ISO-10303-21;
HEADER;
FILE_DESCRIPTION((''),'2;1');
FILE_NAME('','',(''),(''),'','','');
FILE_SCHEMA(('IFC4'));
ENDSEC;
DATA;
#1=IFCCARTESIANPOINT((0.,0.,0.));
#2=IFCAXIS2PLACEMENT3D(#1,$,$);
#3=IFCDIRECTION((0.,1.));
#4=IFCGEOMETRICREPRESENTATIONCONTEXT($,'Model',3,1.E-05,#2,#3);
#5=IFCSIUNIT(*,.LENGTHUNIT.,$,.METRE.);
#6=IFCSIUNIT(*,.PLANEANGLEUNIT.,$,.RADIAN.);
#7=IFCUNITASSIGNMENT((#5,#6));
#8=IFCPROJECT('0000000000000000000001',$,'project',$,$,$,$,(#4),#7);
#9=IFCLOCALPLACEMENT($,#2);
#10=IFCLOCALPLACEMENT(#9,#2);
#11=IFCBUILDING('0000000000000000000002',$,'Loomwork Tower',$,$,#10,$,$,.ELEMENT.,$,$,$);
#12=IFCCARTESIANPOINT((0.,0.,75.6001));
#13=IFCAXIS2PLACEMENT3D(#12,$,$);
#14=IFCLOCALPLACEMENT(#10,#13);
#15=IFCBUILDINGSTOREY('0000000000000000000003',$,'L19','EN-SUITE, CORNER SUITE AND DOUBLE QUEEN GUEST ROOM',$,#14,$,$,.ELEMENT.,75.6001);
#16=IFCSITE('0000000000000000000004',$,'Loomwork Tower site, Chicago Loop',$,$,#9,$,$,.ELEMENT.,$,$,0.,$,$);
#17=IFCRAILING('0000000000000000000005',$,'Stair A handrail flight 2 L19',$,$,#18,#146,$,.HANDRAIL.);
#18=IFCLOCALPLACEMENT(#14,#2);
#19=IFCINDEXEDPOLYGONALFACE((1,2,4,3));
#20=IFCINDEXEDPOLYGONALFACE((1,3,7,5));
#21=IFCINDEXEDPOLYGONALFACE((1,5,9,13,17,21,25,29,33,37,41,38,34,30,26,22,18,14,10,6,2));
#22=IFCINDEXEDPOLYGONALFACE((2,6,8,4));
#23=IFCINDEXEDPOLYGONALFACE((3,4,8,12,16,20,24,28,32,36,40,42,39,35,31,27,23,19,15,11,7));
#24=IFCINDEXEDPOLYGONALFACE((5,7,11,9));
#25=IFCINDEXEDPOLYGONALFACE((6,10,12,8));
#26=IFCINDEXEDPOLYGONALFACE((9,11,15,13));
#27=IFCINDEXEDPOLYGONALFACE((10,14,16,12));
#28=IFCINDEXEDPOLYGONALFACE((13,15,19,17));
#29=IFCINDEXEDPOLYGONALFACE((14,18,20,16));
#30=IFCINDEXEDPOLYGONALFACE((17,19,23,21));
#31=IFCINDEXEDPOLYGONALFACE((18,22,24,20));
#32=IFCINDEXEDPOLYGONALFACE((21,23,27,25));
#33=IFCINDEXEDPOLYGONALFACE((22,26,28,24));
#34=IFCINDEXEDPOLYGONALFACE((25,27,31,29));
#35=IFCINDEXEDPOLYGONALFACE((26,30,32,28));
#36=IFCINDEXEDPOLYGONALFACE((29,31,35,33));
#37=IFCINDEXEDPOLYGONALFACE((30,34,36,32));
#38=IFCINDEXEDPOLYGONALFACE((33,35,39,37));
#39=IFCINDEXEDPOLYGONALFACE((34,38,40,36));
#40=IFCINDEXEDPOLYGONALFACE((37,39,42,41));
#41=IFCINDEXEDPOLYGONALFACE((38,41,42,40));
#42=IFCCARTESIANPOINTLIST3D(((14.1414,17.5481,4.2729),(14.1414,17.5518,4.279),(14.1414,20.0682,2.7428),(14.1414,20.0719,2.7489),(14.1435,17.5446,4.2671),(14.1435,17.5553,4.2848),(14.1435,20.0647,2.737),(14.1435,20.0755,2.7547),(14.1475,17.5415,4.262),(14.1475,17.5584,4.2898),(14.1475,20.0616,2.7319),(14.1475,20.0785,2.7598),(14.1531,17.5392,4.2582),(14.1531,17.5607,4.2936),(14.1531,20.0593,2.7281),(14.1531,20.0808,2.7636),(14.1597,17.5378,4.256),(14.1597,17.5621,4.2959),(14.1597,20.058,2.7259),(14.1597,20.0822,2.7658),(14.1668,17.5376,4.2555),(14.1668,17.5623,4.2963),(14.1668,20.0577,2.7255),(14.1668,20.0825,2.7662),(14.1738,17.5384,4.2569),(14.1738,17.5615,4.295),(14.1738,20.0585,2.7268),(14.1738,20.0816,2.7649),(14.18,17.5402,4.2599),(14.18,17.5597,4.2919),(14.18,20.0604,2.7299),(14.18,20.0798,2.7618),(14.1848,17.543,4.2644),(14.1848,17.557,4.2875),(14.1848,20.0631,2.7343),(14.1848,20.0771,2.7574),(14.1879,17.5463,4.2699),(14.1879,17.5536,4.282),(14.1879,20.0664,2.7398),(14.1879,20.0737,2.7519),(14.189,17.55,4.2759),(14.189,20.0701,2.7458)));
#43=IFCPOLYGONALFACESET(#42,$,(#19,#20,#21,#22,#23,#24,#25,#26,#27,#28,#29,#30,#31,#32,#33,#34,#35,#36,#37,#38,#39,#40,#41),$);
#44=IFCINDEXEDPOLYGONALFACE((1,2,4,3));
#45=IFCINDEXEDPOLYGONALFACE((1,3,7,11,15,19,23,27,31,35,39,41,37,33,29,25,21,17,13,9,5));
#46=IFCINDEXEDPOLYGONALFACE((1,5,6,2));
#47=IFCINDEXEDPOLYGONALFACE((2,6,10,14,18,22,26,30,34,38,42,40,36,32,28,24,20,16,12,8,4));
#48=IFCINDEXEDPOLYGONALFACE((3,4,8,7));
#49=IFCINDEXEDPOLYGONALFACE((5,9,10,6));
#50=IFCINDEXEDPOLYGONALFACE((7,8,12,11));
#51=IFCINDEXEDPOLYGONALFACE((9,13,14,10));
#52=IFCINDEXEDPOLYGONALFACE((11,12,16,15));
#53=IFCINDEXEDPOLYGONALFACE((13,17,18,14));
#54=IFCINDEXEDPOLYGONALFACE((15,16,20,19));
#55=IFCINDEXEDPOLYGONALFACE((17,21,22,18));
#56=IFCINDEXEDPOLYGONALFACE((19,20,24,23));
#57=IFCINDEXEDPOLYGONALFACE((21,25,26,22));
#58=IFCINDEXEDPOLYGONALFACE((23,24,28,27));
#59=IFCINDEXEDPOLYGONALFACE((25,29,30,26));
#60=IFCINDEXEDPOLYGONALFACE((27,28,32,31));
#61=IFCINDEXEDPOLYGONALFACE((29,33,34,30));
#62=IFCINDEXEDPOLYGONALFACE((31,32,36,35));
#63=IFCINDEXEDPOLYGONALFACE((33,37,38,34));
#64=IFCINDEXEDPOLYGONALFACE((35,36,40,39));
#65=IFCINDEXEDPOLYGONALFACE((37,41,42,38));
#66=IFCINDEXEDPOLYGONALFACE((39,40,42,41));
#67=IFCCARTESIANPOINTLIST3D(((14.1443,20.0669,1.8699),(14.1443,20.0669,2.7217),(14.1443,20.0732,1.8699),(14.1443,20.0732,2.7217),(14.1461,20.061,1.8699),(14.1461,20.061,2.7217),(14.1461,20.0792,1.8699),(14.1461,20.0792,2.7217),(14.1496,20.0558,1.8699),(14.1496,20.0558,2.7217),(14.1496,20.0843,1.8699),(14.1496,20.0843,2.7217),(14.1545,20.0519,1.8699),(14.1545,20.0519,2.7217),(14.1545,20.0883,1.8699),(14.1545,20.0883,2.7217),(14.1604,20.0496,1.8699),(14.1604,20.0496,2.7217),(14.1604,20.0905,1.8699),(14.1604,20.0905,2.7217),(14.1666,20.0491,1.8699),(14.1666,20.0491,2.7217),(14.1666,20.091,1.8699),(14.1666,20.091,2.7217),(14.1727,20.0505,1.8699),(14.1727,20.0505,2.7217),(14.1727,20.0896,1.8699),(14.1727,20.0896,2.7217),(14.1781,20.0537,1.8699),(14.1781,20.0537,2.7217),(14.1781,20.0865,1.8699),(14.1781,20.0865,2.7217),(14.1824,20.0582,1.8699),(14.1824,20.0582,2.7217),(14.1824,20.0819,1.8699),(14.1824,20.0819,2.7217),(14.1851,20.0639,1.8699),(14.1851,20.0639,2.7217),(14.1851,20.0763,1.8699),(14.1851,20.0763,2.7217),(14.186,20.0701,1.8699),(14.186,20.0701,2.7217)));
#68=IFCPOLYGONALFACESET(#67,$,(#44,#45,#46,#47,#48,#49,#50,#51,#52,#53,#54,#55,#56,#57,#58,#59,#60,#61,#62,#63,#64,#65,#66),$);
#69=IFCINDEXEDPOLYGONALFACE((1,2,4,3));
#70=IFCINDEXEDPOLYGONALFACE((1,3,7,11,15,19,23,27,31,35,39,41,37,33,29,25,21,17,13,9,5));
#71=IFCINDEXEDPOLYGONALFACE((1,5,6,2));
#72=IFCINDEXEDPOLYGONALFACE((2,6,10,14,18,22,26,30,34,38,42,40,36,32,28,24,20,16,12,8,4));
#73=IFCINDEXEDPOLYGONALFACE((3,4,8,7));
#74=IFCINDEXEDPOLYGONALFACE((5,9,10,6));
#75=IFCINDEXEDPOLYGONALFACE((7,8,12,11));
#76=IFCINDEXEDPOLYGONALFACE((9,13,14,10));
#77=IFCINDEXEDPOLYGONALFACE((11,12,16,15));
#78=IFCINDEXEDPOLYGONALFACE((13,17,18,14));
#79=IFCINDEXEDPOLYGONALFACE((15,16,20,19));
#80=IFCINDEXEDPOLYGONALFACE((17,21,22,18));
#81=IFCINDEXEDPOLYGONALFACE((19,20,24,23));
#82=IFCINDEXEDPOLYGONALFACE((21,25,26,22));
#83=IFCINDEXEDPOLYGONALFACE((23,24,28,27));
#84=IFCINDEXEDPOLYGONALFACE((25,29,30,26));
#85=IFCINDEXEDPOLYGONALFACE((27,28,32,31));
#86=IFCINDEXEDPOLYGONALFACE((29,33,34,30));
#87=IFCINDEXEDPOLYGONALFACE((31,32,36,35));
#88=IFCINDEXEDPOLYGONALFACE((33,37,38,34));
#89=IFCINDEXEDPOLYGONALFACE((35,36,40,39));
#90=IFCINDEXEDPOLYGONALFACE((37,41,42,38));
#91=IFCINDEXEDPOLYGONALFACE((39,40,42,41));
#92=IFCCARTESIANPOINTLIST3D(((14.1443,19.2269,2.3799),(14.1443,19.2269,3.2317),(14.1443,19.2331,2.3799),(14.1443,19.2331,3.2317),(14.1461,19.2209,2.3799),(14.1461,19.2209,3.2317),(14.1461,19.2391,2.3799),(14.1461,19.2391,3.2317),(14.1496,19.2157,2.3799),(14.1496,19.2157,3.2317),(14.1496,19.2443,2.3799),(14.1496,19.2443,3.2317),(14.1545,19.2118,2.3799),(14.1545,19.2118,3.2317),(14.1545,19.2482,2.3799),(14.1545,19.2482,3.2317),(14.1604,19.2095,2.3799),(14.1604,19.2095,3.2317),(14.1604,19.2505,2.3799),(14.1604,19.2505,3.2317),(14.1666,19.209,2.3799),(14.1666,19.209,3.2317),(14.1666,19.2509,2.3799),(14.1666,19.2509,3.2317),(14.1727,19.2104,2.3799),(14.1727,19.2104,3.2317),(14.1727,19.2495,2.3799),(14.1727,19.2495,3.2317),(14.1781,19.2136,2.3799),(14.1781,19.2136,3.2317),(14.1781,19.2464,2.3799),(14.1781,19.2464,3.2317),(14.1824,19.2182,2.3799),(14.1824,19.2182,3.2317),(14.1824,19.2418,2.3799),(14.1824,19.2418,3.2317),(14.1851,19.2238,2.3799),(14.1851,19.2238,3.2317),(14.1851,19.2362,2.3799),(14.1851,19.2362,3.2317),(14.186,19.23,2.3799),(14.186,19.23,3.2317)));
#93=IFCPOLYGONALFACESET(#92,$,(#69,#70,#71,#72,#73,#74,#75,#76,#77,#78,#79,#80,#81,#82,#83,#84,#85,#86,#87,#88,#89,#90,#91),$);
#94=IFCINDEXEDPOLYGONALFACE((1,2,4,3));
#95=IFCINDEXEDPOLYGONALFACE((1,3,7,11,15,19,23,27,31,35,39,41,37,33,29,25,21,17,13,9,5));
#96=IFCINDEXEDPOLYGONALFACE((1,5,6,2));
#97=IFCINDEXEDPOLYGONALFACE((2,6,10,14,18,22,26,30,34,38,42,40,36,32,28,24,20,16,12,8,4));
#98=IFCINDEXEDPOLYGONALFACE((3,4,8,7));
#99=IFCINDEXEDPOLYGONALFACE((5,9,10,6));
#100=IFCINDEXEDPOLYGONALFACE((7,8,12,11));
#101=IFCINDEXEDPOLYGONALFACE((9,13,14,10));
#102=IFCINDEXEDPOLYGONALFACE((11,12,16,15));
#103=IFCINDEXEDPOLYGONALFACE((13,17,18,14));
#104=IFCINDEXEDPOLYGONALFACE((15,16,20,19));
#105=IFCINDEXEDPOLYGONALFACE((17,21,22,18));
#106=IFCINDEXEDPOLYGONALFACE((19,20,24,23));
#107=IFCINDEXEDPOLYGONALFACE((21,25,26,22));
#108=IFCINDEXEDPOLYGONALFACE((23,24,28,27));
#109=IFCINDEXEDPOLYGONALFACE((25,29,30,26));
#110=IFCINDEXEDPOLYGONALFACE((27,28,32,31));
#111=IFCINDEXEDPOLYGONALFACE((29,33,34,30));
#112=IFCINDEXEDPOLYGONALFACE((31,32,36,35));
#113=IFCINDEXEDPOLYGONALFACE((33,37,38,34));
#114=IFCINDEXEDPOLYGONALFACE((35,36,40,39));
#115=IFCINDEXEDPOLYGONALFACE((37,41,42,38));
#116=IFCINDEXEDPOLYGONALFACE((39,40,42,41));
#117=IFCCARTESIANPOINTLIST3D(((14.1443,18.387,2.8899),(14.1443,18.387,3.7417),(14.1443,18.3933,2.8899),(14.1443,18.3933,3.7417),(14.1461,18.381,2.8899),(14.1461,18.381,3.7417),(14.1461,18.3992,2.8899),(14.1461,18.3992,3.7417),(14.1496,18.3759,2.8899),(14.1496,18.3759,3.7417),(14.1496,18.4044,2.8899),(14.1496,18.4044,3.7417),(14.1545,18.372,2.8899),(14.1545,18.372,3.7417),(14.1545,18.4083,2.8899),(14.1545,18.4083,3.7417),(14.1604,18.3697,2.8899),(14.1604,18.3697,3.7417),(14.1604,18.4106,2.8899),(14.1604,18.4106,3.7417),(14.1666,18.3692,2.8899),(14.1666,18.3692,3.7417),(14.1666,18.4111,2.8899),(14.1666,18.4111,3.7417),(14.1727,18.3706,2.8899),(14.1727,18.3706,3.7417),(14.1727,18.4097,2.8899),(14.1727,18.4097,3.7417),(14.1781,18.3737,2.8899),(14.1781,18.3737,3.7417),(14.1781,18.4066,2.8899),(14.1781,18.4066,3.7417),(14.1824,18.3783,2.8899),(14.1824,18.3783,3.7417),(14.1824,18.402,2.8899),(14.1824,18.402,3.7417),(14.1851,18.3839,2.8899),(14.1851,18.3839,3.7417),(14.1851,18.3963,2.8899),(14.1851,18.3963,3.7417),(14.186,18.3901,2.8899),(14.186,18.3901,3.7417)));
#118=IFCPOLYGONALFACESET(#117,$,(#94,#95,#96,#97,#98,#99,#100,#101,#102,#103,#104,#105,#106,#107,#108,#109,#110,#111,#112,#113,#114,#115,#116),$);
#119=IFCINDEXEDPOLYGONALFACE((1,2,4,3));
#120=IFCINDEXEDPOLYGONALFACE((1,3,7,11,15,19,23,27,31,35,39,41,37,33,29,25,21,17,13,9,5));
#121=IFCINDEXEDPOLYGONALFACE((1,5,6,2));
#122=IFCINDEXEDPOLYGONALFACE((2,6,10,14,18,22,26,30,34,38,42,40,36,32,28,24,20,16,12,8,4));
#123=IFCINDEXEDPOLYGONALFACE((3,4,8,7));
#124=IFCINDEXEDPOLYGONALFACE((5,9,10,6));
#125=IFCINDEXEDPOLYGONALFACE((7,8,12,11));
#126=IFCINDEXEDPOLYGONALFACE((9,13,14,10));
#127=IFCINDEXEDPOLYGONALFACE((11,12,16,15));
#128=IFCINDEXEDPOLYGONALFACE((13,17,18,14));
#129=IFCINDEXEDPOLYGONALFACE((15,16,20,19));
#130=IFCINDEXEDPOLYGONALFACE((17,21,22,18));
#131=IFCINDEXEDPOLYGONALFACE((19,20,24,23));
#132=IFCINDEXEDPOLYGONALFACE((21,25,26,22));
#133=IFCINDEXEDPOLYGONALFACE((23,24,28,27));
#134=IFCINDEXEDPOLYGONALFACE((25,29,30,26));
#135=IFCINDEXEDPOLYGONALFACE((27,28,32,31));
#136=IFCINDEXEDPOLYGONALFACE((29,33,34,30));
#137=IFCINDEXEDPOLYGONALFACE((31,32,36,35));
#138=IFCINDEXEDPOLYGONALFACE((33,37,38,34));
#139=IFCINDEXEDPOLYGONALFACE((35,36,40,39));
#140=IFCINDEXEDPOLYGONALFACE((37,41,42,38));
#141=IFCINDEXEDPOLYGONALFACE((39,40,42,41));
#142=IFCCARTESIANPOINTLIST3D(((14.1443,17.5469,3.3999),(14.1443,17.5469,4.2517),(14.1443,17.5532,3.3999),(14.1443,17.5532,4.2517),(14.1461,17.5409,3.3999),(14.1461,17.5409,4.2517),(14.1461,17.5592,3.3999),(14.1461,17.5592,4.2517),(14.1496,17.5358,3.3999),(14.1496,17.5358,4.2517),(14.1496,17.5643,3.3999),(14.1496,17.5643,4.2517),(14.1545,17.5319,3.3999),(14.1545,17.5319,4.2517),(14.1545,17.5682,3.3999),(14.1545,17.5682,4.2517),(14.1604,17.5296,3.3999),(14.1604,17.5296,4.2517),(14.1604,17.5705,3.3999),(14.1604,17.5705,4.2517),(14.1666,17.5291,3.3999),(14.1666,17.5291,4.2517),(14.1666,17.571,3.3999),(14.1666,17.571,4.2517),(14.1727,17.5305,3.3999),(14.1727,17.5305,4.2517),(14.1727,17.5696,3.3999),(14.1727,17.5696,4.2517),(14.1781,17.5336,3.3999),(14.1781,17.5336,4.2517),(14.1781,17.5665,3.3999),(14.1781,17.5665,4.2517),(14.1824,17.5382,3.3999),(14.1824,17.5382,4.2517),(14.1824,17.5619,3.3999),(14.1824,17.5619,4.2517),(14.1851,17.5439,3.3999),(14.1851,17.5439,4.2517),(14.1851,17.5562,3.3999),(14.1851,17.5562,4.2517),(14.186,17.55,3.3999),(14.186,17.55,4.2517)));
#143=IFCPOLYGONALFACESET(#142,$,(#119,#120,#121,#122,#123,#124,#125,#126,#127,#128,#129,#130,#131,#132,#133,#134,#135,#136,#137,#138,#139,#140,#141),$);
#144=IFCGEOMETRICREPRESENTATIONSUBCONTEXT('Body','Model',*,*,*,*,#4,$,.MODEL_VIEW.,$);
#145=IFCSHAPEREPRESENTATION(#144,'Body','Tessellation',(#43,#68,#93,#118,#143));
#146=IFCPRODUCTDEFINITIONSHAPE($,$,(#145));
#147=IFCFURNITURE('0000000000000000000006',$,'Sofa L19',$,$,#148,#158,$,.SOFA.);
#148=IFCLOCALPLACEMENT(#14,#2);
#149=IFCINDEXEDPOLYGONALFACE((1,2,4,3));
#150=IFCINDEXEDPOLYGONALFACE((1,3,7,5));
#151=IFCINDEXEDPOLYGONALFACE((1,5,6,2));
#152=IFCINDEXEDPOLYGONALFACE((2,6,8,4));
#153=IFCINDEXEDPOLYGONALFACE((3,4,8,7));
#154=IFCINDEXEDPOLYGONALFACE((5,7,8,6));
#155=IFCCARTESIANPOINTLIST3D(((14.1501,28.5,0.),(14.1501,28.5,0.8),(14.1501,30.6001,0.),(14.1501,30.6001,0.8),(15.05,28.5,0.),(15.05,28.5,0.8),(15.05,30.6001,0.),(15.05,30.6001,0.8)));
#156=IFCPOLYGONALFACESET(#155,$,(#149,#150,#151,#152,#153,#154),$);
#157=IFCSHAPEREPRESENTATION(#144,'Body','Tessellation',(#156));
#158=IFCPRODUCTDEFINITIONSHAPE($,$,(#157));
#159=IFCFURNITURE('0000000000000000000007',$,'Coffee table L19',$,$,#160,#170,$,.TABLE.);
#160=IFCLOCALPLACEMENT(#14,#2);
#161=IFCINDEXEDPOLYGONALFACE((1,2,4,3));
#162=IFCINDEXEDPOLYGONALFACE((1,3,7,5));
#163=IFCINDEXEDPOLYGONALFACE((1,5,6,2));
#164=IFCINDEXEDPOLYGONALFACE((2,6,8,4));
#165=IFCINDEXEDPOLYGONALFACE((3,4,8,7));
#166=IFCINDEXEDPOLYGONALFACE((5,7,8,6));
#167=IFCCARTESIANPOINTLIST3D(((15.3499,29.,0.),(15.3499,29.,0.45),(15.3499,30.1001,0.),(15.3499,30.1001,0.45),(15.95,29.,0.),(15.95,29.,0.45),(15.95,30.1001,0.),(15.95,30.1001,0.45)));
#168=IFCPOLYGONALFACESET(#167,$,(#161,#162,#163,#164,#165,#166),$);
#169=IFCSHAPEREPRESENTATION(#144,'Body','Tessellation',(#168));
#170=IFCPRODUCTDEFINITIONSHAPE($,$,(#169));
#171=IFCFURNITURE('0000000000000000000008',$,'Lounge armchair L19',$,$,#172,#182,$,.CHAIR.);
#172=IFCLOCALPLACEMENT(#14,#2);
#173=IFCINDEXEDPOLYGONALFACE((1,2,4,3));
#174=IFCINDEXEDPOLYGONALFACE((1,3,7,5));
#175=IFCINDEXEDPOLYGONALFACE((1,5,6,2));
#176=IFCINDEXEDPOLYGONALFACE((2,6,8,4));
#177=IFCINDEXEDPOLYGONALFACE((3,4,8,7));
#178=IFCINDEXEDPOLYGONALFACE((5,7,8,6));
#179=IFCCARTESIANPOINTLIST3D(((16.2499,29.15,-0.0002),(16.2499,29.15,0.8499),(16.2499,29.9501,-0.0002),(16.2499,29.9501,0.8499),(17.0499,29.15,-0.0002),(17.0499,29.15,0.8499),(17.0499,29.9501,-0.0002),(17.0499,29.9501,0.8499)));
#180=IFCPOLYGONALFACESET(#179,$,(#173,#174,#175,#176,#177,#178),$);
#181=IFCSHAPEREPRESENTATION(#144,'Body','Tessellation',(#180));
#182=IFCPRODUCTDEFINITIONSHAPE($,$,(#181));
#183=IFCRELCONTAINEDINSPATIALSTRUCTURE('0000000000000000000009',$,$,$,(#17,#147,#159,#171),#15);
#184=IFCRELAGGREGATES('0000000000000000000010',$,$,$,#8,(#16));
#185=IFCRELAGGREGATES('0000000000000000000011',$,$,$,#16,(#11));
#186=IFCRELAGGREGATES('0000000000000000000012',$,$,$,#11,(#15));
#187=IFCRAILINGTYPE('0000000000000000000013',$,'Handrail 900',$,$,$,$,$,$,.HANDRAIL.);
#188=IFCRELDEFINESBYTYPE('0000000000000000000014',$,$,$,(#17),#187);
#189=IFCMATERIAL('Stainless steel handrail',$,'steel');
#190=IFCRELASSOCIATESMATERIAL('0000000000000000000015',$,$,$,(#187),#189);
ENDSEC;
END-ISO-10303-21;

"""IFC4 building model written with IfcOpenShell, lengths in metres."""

from ifc_helpers import new_model, si_unit, direction, frame, origin, origin_2d, place, context, subcontext, project, spatial, rectangle, circle, extrude, material, type_object, element, save


model = new_model("IFC4")

# Units and contexts
model_context = context("Model", 3, precision=1e-05, world=origin(), true_north=direction((0.0, 1.0)))
body_context = subcontext(model_context, "Body", "Model", "MODEL_VIEW")
ifc_project = project(units=[si_unit("LENGTHUNIT", "METRE"), si_unit("PLANEANGLEUNIT", "RADIAN")], contexts=[model_context])

# Site, building, storey
site_placement = place(None, origin())
site = spatial("IfcSite", under=ifc_project, at=site_placement, Name="Loomwork Tower site, Chicago Loop", CompositionType="ELEMENT", RefElevation=0.0)
building_placement = place(site_placement, origin())
building = spatial("IfcBuilding", under=site, at=building_placement, Name="Loomwork Tower", CompositionType="ELEMENT")
storey_placement = place(building_placement, frame((0.0, 0.0, 75.6001)))
storey = spatial("IfcBuildingStorey", under=building, at=storey_placement, Name="L19", Description="EN-SUITE, CORNER SUITE AND DOUBLE QUEEN GUEST ROOM", CompositionType="ELEMENT", Elevation=75.6001)

# Railing
ifc_material_1 = material(Name="Stainless steel handrail", Category="steel")
railing_type = type_object("IfcRailingType", Name="Handrail 900", PredefinedType="HANDRAIL", material=ifc_material_1)
railing_1_placement = place(storey_placement, frame((14.165, 20.0701, 1.8699)))
element("IfcRailing", 1, at=railing_1_placement, inside=storey, type_object=railing_type, Name="Stair A handrail flight 2 L19", PredefinedType="HANDRAIL", context=body_context, shape_type="SweptSolid", body=[
    extrude(circle(Radius=0.0239, at=origin_2d()), frame((0.0, 0.0, 0.876), z_axis=(0.0, -0.854785, 0.518982), x_axis=(1.0, 0.0, 0.0)), (0.0, 0.0, 1.0), 2.9482),
    extrude(circle(Radius=0.021, at=origin_2d()), origin(), (0.0, 0.0, 1.0), 0.8518),
    extrude(circle(Radius=0.021, at=origin_2d()), frame((0.0, -0.8401, 0.51)), (0.0, 0.0, 1.0), 0.8518),
    extrude(circle(Radius=0.021, at=origin_2d()), frame((0.0, -1.6799, 1.02)), (0.0, 0.0, 1.0), 0.8518),
    extrude(circle(Radius=0.021, at=origin_2d()), frame((0.0, -2.52, 1.53)), (0.0, 0.0, 1.0), 0.8518),
])

# Furniture
furniture_1_placement = place(storey_placement, frame((14.6001, 29.55, 0.0), z_axis=(0.0, 0.0, 1.0), x_axis=(1.0, 0.0, 0.0)))
element("IfcFurniture", 2, at=furniture_1_placement, inside=storey, Name="Sofa L19", PredefinedType="SOFA", context=body_context, shape_type="SweptSolid", body=[
    extrude(rectangle(XDim=0.8999, YDim=2.1001, at=origin_2d()), origin(), (0.0, 0.0, 1.0), 0.8),
])
furniture_2_placement = place(storey_placement, frame((15.6499, 29.55, 0.0), z_axis=(0.0, 0.0, 1.0), x_axis=(1.0, 0.0, 0.0)))
element("IfcFurniture", 3, at=furniture_2_placement, inside=storey, Name="Coffee table L19", PredefinedType="TABLE", context=body_context, shape_type="SweptSolid", body=[
    extrude(rectangle(XDim=0.6001, YDim=1.1001, at=origin_2d()), origin(), (0.0, 0.0, 1.0), 0.45),
])
furniture_3_placement = place(storey_placement, frame((16.6499, 29.55, -0.0002), z_axis=(0.0, 0.0, 1.0), x_axis=(1.0, 0.0, 0.0)))
element("IfcFurniture", 4, at=furniture_3_placement, inside=storey, Name="Lounge armchair L19", PredefinedType="CHAIR", context=body_context, shape_type="SweptSolid", body=[
    extrude(rectangle(XDim=0.8, YDim=0.8, at=origin_2d()), origin(), (0.0, 0.0, 1.0), 0.8501),
])

save(model, "model.ifc")
